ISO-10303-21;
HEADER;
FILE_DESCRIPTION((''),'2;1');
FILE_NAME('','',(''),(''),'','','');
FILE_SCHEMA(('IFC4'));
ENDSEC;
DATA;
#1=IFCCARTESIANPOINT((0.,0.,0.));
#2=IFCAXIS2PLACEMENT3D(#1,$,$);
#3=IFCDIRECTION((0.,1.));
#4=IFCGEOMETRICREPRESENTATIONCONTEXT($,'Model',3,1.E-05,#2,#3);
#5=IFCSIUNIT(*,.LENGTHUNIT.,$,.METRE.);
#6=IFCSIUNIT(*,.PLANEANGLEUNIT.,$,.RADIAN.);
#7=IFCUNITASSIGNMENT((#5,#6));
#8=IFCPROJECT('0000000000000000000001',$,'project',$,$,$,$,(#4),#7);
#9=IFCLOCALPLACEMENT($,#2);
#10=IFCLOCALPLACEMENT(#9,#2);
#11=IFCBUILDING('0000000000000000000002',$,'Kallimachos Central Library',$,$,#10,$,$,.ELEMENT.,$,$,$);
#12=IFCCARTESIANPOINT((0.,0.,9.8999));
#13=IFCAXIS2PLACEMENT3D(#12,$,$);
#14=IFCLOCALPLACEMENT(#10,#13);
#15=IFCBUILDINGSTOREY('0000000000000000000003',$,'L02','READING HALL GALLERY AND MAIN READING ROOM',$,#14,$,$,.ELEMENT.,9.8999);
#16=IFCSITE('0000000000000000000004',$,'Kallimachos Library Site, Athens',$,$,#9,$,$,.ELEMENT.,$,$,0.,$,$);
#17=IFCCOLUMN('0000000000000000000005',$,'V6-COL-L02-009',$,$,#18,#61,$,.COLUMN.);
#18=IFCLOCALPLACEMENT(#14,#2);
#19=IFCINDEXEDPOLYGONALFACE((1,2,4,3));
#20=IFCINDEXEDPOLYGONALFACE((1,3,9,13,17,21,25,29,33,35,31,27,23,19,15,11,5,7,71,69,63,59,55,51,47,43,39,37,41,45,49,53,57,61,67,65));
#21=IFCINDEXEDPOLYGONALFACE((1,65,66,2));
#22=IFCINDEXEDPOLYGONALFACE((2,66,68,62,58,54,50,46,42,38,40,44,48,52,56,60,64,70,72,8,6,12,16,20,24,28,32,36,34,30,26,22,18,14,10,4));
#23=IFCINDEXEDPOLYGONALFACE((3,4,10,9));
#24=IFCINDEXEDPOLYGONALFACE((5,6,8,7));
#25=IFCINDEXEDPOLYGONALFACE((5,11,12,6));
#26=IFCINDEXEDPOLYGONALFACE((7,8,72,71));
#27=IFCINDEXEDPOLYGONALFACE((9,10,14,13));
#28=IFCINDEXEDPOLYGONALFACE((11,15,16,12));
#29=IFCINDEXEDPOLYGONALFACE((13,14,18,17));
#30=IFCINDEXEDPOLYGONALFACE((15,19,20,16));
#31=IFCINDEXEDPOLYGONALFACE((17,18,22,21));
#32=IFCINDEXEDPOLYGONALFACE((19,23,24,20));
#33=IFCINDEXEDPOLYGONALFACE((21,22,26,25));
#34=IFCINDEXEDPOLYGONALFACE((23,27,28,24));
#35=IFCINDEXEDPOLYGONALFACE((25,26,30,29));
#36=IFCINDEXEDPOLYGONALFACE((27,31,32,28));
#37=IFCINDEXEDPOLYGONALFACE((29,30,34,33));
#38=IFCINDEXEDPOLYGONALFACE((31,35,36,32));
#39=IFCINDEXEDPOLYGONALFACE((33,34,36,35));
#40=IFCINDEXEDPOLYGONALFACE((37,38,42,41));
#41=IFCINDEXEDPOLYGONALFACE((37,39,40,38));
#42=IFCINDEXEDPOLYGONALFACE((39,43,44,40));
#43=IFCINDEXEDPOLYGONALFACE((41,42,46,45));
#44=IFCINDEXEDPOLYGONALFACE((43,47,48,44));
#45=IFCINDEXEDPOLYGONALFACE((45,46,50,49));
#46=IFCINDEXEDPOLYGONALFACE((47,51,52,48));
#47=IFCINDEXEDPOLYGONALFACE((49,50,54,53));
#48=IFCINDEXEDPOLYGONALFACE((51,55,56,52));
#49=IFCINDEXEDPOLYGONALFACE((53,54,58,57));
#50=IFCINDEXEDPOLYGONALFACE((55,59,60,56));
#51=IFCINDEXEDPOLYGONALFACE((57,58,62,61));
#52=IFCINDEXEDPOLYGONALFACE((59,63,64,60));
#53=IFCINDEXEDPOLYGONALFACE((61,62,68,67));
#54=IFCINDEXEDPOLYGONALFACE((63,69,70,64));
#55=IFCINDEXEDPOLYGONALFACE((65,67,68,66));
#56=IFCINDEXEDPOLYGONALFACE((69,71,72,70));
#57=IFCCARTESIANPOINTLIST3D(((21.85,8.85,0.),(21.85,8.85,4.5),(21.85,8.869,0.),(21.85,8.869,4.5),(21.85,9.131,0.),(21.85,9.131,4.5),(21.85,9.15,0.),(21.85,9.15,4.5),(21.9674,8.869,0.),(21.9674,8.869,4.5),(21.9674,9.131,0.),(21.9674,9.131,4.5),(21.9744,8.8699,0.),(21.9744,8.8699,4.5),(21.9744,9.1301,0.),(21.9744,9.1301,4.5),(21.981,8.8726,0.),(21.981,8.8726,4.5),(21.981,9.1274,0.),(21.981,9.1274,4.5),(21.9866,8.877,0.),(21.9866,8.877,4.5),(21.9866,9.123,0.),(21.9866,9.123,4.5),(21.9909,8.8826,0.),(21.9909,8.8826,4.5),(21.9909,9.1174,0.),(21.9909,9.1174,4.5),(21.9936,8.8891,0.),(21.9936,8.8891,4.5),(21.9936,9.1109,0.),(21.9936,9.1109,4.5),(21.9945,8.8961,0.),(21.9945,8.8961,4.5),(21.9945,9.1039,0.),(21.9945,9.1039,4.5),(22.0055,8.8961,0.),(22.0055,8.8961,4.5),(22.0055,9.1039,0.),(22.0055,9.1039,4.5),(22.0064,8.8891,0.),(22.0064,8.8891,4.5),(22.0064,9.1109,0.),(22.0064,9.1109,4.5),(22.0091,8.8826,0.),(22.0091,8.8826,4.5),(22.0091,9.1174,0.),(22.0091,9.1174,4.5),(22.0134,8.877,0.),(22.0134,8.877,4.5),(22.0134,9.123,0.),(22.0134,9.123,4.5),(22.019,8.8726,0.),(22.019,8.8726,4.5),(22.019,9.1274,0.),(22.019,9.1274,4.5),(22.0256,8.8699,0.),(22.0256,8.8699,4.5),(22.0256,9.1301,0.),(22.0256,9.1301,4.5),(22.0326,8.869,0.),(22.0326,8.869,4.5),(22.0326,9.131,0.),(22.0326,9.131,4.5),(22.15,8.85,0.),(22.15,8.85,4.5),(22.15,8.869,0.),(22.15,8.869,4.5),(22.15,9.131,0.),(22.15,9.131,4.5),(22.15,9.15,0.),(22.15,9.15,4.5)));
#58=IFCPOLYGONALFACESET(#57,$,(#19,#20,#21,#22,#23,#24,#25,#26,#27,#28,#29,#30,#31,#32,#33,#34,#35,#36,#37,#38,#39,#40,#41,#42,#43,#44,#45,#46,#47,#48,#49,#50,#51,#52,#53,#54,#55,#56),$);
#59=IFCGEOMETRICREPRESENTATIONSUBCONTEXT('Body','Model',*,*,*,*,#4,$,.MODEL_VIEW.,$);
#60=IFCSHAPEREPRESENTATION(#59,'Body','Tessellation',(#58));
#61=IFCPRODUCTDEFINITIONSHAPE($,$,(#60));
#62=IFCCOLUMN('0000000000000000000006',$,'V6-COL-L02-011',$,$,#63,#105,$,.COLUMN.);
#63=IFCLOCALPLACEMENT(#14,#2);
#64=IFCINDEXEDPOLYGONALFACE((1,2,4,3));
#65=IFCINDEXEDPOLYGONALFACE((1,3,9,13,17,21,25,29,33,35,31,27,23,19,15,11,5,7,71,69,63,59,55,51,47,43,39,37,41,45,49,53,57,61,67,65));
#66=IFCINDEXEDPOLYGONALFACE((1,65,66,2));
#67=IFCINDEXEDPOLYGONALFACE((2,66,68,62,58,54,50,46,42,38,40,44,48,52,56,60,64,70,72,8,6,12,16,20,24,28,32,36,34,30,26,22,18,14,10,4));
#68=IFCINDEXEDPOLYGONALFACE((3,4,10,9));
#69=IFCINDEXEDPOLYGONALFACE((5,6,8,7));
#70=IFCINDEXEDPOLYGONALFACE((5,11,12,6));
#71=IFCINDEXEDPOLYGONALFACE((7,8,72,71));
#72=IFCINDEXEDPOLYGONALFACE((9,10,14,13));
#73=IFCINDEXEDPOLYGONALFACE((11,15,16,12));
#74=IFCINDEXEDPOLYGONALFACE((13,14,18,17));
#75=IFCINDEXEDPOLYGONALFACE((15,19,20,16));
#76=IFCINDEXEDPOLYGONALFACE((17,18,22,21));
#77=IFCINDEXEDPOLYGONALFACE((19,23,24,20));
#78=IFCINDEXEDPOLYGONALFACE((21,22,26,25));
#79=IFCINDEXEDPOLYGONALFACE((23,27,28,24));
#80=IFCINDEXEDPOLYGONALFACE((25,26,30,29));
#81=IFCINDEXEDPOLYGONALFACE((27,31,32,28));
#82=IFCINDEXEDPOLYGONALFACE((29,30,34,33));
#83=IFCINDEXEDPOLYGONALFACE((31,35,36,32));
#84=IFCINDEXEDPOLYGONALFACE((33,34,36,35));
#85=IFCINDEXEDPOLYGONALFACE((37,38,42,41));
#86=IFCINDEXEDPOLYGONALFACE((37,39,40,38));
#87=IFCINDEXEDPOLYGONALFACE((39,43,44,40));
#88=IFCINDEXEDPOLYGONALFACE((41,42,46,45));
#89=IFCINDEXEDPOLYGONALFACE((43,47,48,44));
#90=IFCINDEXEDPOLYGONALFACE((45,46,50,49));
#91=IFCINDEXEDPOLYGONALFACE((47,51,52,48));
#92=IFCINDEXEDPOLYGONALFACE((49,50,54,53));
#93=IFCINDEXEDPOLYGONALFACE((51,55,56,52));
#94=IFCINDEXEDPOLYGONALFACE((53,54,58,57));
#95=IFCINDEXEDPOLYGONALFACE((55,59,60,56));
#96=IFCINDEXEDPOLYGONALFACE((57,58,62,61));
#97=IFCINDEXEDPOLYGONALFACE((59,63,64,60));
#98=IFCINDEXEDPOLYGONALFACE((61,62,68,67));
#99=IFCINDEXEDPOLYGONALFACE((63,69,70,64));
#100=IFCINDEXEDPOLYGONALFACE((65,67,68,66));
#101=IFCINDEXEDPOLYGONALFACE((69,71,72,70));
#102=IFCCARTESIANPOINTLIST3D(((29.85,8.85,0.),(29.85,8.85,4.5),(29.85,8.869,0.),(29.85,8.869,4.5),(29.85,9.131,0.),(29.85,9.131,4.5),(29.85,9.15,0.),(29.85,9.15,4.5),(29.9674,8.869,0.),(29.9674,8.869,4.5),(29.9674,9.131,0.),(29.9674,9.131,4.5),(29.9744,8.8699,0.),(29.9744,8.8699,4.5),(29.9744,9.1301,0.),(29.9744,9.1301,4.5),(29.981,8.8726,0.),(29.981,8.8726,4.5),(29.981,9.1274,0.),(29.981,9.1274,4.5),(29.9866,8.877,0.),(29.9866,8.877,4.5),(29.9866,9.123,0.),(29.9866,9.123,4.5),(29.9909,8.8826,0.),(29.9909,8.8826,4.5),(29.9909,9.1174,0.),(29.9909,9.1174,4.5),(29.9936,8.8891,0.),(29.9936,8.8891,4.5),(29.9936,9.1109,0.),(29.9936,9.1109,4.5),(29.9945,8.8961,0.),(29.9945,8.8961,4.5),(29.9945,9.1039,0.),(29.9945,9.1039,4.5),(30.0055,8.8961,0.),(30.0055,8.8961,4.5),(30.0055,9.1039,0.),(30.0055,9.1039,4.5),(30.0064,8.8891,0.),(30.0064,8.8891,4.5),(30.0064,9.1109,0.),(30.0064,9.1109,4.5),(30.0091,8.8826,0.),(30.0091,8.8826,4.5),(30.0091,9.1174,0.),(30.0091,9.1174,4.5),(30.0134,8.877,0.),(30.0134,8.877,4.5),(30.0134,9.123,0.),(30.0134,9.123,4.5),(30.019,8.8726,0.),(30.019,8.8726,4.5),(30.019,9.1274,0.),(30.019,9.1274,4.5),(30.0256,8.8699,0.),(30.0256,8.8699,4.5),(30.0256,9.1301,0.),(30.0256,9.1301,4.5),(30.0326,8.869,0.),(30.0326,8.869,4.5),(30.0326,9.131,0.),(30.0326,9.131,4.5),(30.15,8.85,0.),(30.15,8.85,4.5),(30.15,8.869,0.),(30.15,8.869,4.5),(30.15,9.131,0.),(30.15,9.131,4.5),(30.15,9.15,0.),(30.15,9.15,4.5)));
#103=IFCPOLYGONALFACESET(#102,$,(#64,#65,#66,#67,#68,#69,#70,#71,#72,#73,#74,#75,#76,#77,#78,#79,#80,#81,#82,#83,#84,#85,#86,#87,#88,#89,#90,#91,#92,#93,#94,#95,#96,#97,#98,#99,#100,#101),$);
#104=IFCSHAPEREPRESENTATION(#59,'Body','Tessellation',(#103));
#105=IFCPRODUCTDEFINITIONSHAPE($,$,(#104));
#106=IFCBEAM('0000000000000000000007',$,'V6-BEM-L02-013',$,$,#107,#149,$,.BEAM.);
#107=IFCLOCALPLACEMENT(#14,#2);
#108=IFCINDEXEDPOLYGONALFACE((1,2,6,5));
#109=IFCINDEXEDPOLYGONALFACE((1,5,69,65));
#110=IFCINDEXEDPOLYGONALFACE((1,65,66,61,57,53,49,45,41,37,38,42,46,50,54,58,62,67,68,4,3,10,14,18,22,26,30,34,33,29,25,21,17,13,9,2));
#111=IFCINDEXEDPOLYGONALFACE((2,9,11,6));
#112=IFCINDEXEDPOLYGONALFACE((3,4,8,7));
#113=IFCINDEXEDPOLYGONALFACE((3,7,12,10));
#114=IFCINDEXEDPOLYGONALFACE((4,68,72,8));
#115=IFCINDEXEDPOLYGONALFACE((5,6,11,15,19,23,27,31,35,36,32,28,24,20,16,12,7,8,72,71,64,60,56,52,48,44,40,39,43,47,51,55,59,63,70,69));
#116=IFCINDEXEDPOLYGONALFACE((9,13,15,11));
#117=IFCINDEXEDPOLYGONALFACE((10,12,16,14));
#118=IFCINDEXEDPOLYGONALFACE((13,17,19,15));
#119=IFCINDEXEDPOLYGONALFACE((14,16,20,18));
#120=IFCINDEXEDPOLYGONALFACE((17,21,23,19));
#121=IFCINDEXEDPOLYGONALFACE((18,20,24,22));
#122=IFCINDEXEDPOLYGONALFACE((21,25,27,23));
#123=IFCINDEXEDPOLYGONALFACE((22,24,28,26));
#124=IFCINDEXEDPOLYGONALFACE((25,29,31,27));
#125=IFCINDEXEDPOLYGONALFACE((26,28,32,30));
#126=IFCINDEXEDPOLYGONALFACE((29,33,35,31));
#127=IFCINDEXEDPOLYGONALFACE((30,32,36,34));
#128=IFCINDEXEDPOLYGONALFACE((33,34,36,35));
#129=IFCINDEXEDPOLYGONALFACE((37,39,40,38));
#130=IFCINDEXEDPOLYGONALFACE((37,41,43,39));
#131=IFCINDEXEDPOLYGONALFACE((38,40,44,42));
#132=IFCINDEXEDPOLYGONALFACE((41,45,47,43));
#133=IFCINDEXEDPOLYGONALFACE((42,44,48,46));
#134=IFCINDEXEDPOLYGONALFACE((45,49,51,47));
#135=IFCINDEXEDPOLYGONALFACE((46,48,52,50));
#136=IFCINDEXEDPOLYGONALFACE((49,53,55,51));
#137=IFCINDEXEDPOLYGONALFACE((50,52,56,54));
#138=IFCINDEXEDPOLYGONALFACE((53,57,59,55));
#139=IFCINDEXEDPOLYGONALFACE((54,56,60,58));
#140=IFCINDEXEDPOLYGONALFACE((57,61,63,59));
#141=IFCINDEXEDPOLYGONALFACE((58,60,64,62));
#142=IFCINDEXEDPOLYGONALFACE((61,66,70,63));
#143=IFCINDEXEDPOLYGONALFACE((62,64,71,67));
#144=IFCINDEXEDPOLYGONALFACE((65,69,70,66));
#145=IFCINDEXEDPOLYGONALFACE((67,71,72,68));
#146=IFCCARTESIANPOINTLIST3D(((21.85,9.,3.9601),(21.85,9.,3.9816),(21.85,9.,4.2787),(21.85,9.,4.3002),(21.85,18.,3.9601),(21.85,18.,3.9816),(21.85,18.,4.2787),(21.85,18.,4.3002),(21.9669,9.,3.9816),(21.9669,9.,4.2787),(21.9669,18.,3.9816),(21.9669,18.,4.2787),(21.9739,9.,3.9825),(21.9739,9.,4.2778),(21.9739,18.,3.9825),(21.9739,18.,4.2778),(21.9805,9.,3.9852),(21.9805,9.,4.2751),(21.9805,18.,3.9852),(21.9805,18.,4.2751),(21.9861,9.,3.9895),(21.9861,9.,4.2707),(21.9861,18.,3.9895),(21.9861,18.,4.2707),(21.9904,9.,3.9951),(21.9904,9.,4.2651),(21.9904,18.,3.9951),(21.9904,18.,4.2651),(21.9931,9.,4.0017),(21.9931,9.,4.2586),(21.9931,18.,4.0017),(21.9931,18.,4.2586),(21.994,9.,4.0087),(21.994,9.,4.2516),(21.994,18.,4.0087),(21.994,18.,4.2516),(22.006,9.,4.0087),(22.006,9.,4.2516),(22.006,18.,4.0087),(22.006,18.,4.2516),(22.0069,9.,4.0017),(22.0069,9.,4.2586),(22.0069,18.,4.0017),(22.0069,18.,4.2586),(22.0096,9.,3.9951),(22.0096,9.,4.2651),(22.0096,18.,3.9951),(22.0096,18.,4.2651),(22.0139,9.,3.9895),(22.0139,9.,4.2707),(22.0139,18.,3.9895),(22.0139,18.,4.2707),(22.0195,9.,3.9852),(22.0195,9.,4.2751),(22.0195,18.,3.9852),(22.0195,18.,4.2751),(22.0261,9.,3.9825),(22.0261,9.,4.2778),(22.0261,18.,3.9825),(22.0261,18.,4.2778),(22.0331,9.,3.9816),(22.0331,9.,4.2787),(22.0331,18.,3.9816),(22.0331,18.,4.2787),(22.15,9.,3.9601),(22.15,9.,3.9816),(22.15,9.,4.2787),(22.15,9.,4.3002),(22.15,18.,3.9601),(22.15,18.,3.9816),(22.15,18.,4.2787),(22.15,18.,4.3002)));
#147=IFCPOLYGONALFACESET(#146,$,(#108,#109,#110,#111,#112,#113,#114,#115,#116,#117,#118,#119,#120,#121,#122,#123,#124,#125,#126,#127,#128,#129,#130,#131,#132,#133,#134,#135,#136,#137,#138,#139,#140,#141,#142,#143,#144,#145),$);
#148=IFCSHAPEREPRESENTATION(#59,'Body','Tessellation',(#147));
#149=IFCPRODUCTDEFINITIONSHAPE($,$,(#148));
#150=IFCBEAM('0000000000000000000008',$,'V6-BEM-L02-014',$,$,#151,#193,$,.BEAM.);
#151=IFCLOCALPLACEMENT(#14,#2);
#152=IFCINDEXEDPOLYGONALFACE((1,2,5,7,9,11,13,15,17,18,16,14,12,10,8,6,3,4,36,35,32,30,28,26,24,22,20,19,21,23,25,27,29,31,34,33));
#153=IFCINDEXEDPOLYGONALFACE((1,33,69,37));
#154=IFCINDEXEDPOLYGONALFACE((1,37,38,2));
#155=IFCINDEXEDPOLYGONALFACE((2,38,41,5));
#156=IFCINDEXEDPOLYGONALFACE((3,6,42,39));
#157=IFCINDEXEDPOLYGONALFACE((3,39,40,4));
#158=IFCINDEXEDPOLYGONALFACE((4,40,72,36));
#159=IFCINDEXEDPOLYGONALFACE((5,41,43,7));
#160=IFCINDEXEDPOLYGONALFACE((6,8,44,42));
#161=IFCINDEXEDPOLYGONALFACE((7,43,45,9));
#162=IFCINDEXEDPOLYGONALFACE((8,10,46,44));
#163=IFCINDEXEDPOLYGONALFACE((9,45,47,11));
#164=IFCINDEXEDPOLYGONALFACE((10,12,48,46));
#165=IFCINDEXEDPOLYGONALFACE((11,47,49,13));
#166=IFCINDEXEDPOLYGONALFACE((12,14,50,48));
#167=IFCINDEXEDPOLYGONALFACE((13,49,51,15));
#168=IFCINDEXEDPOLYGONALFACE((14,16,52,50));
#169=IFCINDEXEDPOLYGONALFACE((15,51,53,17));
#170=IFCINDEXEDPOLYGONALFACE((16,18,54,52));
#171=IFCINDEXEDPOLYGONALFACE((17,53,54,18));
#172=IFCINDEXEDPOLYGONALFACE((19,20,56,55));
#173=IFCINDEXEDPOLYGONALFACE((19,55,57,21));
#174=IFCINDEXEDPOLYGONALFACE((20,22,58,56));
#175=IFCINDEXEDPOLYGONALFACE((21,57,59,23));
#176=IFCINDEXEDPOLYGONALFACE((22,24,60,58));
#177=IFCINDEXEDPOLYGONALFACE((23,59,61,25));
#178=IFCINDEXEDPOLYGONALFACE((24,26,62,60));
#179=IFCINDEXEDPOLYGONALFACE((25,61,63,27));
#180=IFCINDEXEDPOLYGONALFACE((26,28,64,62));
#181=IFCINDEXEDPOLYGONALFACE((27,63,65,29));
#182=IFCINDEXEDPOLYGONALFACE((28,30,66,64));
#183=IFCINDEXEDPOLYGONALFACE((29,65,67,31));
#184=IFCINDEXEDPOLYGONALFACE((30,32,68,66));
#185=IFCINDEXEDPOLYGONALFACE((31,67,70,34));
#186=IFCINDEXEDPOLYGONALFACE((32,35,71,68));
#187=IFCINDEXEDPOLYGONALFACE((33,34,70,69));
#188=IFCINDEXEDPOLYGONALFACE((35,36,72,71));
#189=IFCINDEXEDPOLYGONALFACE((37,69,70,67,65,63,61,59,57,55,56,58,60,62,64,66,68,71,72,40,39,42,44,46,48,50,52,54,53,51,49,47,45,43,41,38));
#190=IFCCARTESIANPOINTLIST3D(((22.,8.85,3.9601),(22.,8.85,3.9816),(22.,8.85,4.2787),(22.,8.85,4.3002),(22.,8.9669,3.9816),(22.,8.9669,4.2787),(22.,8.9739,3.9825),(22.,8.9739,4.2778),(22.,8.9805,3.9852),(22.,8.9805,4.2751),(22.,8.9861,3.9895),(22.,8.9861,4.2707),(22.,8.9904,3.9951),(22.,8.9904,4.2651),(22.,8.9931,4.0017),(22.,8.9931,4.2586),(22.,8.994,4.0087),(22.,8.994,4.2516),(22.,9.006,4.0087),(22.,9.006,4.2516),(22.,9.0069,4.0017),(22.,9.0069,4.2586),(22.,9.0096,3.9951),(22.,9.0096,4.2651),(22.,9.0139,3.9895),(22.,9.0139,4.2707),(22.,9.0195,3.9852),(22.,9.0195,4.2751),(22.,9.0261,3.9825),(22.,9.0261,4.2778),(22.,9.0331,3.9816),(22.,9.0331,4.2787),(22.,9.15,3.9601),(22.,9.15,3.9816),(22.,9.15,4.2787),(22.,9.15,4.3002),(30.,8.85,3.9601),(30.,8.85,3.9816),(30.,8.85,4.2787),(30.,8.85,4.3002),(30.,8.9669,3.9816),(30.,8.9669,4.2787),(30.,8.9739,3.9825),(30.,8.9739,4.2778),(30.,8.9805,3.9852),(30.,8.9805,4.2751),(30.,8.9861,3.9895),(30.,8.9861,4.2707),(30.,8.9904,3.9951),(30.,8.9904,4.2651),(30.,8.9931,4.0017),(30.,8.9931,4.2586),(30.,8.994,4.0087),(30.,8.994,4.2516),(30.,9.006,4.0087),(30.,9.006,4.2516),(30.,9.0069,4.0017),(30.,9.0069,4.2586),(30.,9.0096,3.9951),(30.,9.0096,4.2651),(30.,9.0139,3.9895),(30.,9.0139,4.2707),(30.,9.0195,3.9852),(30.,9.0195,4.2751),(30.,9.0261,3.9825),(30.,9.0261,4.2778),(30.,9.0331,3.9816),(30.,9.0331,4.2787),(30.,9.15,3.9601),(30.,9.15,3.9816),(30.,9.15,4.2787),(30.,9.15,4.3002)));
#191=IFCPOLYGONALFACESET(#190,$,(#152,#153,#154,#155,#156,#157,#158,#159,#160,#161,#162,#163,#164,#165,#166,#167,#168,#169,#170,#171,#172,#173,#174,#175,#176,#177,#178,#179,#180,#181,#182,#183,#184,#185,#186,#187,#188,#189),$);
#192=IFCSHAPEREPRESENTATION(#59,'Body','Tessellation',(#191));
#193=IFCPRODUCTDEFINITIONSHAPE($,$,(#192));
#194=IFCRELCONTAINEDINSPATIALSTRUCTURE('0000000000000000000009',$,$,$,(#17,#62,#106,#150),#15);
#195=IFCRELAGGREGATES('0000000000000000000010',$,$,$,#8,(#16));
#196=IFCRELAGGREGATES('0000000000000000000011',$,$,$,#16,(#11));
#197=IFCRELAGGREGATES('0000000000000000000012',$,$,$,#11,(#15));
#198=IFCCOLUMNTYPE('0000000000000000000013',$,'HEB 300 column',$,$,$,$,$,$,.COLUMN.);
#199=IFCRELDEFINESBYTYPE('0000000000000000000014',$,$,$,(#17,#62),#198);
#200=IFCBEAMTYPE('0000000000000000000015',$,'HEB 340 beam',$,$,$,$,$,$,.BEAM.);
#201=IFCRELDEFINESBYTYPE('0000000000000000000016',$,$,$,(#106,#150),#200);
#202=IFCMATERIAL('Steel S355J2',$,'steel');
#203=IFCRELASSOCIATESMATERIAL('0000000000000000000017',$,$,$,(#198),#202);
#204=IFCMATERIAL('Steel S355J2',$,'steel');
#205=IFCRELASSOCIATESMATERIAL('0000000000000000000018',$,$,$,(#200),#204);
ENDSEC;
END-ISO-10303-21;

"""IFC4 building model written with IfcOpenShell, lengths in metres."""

from ifc_helpers import new_model, si_unit, direction, frame, origin, origin_2d, place, context, subcontext, project, spatial, i_section, extrude, material, material_profile, profile_set, type_object, element, save


model = new_model("IFC4")

# Units and contexts
model_context = context("Model", 3, precision=1e-05, world=origin(), true_north=direction((0.0, 1.0)))
body_context = subcontext(model_context, "Body", "Model", "MODEL_VIEW")
ifc_project = project(units=[si_unit("LENGTHUNIT", "METRE"), si_unit("PLANEANGLEUNIT", "RADIAN")], contexts=[model_context])

# Site, building, storey
site_placement = place(None, origin())
site = spatial("IfcSite", under=ifc_project, at=site_placement, Name="Kallimachos Library Site, Athens", CompositionType="ELEMENT", RefElevation=0.0)
building_placement = place(site_placement, origin())
building = spatial("IfcBuilding", under=site, at=building_placement, Name="Kallimachos Central Library", CompositionType="ELEMENT")
storey_placement = place(building_placement, frame((0.0, 0.0, 9.8999)))
storey = spatial("IfcBuildingStorey", under=building, at=storey_placement, Name="L02", Description="READING HALL GALLERY AND MAIN READING ROOM", CompositionType="ELEMENT", Elevation=9.8999)

# Columns
ifc_material_1 = material(Name="Steel S355J2", Category="steel")
ifc_material_profile_1 = material_profile(ifc_material_1, i_section(OverallWidth=0.3, OverallDepth=0.3, WebThickness=0.011, FlangeThickness=0.019, FilletRadius=0.0271, at=origin_2d()), Name="HEB 300")
ifc_profile_set_1 = profile_set([ifc_material_profile_1], Name="Steel S355J2")
column_type = type_object("IfcColumnType", Name="HEB 300 column", PredefinedType="COLUMN", material=ifc_profile_set_1)
for number, where, z_axis, x_axis, name in (
    (1, (22.0, 9.0, 0.0), (0.0, 0.0, 1.0), (1.0, 0.0, 0.0), "V6-COL-L02-009"),
    (2, (30.0, 9.0, 0.0), (0.0, 0.0, 1.0), (1.0, 0.0, 0.0), "V6-COL-L02-011"),
):
    element("IfcColumn", number, at=place(storey_placement, frame(where, z_axis=z_axis, x_axis=x_axis)), inside=storey, type_object=column_type, Name=name, PredefinedType="COLUMN", context=body_context, shape_type="SweptSolid", body=[
        extrude(i_section(OverallWidth=0.3, OverallDepth=0.3, WebThickness=0.011, FlangeThickness=0.019, FilletRadius=0.0271, at=origin_2d()), origin(), (0.0, 0.0, 1.0), 4.5),
    ])

# Beams
ifc_material_2 = material(Name="Steel S355J2", Category="steel")
ifc_material_profile_2 = material_profile(ifc_material_2, i_section(OverallWidth=0.3, OverallDepth=0.3401, WebThickness=0.012, FlangeThickness=0.0215, FilletRadius=0.0271, at=origin_2d()), Name="HEB 340")
ifc_profile_set_2 = profile_set([ifc_material_profile_2], Name="Steel S355J2")
beam_type_1 = type_object("IfcBeamType", Name="HEB 340 beam", PredefinedType="BEAM", material=ifc_profile_set_2)
beam_1_placement = place(storey_placement, frame((22.0, 9.0, 4.1301), z_axis=(0.0, 1.0, 0.0), x_axis=(-1.0, 0.0, 0.0)))
element("IfcBeam", 3, at=beam_1_placement, inside=storey, type_object=beam_type_1, Name="V6-BEM-L02-013", PredefinedType="BEAM", context=body_context, shape_type="SweptSolid", body=[
    extrude(i_section(OverallWidth=0.3, OverallDepth=0.3401, WebThickness=0.012, FlangeThickness=0.0215, FilletRadius=0.0271, at=origin_2d()), origin(), (0.0, 0.0, 1.0), 9.0),
])
beam_2_placement = place(storey_placement, frame((22.0, 9.0, 4.1301), z_axis=(1.0, 0.0, 0.0), x_axis=(0.0, 1.0, 0.0)))
element("IfcBeam", 4, at=beam_2_placement, inside=storey, type_object=beam_type_1, Name="V6-BEM-L02-014", PredefinedType="BEAM", context=body_context, shape_type="SweptSolid", body=[
    extrude(i_section(OverallWidth=0.3, OverallDepth=0.3401, WebThickness=0.012, FlangeThickness=0.0215, FilletRadius=0.0271, at=origin_2d()), origin(), (0.0, 0.0, 1.0), 8.0),
])

save(model, "model.ifc")
